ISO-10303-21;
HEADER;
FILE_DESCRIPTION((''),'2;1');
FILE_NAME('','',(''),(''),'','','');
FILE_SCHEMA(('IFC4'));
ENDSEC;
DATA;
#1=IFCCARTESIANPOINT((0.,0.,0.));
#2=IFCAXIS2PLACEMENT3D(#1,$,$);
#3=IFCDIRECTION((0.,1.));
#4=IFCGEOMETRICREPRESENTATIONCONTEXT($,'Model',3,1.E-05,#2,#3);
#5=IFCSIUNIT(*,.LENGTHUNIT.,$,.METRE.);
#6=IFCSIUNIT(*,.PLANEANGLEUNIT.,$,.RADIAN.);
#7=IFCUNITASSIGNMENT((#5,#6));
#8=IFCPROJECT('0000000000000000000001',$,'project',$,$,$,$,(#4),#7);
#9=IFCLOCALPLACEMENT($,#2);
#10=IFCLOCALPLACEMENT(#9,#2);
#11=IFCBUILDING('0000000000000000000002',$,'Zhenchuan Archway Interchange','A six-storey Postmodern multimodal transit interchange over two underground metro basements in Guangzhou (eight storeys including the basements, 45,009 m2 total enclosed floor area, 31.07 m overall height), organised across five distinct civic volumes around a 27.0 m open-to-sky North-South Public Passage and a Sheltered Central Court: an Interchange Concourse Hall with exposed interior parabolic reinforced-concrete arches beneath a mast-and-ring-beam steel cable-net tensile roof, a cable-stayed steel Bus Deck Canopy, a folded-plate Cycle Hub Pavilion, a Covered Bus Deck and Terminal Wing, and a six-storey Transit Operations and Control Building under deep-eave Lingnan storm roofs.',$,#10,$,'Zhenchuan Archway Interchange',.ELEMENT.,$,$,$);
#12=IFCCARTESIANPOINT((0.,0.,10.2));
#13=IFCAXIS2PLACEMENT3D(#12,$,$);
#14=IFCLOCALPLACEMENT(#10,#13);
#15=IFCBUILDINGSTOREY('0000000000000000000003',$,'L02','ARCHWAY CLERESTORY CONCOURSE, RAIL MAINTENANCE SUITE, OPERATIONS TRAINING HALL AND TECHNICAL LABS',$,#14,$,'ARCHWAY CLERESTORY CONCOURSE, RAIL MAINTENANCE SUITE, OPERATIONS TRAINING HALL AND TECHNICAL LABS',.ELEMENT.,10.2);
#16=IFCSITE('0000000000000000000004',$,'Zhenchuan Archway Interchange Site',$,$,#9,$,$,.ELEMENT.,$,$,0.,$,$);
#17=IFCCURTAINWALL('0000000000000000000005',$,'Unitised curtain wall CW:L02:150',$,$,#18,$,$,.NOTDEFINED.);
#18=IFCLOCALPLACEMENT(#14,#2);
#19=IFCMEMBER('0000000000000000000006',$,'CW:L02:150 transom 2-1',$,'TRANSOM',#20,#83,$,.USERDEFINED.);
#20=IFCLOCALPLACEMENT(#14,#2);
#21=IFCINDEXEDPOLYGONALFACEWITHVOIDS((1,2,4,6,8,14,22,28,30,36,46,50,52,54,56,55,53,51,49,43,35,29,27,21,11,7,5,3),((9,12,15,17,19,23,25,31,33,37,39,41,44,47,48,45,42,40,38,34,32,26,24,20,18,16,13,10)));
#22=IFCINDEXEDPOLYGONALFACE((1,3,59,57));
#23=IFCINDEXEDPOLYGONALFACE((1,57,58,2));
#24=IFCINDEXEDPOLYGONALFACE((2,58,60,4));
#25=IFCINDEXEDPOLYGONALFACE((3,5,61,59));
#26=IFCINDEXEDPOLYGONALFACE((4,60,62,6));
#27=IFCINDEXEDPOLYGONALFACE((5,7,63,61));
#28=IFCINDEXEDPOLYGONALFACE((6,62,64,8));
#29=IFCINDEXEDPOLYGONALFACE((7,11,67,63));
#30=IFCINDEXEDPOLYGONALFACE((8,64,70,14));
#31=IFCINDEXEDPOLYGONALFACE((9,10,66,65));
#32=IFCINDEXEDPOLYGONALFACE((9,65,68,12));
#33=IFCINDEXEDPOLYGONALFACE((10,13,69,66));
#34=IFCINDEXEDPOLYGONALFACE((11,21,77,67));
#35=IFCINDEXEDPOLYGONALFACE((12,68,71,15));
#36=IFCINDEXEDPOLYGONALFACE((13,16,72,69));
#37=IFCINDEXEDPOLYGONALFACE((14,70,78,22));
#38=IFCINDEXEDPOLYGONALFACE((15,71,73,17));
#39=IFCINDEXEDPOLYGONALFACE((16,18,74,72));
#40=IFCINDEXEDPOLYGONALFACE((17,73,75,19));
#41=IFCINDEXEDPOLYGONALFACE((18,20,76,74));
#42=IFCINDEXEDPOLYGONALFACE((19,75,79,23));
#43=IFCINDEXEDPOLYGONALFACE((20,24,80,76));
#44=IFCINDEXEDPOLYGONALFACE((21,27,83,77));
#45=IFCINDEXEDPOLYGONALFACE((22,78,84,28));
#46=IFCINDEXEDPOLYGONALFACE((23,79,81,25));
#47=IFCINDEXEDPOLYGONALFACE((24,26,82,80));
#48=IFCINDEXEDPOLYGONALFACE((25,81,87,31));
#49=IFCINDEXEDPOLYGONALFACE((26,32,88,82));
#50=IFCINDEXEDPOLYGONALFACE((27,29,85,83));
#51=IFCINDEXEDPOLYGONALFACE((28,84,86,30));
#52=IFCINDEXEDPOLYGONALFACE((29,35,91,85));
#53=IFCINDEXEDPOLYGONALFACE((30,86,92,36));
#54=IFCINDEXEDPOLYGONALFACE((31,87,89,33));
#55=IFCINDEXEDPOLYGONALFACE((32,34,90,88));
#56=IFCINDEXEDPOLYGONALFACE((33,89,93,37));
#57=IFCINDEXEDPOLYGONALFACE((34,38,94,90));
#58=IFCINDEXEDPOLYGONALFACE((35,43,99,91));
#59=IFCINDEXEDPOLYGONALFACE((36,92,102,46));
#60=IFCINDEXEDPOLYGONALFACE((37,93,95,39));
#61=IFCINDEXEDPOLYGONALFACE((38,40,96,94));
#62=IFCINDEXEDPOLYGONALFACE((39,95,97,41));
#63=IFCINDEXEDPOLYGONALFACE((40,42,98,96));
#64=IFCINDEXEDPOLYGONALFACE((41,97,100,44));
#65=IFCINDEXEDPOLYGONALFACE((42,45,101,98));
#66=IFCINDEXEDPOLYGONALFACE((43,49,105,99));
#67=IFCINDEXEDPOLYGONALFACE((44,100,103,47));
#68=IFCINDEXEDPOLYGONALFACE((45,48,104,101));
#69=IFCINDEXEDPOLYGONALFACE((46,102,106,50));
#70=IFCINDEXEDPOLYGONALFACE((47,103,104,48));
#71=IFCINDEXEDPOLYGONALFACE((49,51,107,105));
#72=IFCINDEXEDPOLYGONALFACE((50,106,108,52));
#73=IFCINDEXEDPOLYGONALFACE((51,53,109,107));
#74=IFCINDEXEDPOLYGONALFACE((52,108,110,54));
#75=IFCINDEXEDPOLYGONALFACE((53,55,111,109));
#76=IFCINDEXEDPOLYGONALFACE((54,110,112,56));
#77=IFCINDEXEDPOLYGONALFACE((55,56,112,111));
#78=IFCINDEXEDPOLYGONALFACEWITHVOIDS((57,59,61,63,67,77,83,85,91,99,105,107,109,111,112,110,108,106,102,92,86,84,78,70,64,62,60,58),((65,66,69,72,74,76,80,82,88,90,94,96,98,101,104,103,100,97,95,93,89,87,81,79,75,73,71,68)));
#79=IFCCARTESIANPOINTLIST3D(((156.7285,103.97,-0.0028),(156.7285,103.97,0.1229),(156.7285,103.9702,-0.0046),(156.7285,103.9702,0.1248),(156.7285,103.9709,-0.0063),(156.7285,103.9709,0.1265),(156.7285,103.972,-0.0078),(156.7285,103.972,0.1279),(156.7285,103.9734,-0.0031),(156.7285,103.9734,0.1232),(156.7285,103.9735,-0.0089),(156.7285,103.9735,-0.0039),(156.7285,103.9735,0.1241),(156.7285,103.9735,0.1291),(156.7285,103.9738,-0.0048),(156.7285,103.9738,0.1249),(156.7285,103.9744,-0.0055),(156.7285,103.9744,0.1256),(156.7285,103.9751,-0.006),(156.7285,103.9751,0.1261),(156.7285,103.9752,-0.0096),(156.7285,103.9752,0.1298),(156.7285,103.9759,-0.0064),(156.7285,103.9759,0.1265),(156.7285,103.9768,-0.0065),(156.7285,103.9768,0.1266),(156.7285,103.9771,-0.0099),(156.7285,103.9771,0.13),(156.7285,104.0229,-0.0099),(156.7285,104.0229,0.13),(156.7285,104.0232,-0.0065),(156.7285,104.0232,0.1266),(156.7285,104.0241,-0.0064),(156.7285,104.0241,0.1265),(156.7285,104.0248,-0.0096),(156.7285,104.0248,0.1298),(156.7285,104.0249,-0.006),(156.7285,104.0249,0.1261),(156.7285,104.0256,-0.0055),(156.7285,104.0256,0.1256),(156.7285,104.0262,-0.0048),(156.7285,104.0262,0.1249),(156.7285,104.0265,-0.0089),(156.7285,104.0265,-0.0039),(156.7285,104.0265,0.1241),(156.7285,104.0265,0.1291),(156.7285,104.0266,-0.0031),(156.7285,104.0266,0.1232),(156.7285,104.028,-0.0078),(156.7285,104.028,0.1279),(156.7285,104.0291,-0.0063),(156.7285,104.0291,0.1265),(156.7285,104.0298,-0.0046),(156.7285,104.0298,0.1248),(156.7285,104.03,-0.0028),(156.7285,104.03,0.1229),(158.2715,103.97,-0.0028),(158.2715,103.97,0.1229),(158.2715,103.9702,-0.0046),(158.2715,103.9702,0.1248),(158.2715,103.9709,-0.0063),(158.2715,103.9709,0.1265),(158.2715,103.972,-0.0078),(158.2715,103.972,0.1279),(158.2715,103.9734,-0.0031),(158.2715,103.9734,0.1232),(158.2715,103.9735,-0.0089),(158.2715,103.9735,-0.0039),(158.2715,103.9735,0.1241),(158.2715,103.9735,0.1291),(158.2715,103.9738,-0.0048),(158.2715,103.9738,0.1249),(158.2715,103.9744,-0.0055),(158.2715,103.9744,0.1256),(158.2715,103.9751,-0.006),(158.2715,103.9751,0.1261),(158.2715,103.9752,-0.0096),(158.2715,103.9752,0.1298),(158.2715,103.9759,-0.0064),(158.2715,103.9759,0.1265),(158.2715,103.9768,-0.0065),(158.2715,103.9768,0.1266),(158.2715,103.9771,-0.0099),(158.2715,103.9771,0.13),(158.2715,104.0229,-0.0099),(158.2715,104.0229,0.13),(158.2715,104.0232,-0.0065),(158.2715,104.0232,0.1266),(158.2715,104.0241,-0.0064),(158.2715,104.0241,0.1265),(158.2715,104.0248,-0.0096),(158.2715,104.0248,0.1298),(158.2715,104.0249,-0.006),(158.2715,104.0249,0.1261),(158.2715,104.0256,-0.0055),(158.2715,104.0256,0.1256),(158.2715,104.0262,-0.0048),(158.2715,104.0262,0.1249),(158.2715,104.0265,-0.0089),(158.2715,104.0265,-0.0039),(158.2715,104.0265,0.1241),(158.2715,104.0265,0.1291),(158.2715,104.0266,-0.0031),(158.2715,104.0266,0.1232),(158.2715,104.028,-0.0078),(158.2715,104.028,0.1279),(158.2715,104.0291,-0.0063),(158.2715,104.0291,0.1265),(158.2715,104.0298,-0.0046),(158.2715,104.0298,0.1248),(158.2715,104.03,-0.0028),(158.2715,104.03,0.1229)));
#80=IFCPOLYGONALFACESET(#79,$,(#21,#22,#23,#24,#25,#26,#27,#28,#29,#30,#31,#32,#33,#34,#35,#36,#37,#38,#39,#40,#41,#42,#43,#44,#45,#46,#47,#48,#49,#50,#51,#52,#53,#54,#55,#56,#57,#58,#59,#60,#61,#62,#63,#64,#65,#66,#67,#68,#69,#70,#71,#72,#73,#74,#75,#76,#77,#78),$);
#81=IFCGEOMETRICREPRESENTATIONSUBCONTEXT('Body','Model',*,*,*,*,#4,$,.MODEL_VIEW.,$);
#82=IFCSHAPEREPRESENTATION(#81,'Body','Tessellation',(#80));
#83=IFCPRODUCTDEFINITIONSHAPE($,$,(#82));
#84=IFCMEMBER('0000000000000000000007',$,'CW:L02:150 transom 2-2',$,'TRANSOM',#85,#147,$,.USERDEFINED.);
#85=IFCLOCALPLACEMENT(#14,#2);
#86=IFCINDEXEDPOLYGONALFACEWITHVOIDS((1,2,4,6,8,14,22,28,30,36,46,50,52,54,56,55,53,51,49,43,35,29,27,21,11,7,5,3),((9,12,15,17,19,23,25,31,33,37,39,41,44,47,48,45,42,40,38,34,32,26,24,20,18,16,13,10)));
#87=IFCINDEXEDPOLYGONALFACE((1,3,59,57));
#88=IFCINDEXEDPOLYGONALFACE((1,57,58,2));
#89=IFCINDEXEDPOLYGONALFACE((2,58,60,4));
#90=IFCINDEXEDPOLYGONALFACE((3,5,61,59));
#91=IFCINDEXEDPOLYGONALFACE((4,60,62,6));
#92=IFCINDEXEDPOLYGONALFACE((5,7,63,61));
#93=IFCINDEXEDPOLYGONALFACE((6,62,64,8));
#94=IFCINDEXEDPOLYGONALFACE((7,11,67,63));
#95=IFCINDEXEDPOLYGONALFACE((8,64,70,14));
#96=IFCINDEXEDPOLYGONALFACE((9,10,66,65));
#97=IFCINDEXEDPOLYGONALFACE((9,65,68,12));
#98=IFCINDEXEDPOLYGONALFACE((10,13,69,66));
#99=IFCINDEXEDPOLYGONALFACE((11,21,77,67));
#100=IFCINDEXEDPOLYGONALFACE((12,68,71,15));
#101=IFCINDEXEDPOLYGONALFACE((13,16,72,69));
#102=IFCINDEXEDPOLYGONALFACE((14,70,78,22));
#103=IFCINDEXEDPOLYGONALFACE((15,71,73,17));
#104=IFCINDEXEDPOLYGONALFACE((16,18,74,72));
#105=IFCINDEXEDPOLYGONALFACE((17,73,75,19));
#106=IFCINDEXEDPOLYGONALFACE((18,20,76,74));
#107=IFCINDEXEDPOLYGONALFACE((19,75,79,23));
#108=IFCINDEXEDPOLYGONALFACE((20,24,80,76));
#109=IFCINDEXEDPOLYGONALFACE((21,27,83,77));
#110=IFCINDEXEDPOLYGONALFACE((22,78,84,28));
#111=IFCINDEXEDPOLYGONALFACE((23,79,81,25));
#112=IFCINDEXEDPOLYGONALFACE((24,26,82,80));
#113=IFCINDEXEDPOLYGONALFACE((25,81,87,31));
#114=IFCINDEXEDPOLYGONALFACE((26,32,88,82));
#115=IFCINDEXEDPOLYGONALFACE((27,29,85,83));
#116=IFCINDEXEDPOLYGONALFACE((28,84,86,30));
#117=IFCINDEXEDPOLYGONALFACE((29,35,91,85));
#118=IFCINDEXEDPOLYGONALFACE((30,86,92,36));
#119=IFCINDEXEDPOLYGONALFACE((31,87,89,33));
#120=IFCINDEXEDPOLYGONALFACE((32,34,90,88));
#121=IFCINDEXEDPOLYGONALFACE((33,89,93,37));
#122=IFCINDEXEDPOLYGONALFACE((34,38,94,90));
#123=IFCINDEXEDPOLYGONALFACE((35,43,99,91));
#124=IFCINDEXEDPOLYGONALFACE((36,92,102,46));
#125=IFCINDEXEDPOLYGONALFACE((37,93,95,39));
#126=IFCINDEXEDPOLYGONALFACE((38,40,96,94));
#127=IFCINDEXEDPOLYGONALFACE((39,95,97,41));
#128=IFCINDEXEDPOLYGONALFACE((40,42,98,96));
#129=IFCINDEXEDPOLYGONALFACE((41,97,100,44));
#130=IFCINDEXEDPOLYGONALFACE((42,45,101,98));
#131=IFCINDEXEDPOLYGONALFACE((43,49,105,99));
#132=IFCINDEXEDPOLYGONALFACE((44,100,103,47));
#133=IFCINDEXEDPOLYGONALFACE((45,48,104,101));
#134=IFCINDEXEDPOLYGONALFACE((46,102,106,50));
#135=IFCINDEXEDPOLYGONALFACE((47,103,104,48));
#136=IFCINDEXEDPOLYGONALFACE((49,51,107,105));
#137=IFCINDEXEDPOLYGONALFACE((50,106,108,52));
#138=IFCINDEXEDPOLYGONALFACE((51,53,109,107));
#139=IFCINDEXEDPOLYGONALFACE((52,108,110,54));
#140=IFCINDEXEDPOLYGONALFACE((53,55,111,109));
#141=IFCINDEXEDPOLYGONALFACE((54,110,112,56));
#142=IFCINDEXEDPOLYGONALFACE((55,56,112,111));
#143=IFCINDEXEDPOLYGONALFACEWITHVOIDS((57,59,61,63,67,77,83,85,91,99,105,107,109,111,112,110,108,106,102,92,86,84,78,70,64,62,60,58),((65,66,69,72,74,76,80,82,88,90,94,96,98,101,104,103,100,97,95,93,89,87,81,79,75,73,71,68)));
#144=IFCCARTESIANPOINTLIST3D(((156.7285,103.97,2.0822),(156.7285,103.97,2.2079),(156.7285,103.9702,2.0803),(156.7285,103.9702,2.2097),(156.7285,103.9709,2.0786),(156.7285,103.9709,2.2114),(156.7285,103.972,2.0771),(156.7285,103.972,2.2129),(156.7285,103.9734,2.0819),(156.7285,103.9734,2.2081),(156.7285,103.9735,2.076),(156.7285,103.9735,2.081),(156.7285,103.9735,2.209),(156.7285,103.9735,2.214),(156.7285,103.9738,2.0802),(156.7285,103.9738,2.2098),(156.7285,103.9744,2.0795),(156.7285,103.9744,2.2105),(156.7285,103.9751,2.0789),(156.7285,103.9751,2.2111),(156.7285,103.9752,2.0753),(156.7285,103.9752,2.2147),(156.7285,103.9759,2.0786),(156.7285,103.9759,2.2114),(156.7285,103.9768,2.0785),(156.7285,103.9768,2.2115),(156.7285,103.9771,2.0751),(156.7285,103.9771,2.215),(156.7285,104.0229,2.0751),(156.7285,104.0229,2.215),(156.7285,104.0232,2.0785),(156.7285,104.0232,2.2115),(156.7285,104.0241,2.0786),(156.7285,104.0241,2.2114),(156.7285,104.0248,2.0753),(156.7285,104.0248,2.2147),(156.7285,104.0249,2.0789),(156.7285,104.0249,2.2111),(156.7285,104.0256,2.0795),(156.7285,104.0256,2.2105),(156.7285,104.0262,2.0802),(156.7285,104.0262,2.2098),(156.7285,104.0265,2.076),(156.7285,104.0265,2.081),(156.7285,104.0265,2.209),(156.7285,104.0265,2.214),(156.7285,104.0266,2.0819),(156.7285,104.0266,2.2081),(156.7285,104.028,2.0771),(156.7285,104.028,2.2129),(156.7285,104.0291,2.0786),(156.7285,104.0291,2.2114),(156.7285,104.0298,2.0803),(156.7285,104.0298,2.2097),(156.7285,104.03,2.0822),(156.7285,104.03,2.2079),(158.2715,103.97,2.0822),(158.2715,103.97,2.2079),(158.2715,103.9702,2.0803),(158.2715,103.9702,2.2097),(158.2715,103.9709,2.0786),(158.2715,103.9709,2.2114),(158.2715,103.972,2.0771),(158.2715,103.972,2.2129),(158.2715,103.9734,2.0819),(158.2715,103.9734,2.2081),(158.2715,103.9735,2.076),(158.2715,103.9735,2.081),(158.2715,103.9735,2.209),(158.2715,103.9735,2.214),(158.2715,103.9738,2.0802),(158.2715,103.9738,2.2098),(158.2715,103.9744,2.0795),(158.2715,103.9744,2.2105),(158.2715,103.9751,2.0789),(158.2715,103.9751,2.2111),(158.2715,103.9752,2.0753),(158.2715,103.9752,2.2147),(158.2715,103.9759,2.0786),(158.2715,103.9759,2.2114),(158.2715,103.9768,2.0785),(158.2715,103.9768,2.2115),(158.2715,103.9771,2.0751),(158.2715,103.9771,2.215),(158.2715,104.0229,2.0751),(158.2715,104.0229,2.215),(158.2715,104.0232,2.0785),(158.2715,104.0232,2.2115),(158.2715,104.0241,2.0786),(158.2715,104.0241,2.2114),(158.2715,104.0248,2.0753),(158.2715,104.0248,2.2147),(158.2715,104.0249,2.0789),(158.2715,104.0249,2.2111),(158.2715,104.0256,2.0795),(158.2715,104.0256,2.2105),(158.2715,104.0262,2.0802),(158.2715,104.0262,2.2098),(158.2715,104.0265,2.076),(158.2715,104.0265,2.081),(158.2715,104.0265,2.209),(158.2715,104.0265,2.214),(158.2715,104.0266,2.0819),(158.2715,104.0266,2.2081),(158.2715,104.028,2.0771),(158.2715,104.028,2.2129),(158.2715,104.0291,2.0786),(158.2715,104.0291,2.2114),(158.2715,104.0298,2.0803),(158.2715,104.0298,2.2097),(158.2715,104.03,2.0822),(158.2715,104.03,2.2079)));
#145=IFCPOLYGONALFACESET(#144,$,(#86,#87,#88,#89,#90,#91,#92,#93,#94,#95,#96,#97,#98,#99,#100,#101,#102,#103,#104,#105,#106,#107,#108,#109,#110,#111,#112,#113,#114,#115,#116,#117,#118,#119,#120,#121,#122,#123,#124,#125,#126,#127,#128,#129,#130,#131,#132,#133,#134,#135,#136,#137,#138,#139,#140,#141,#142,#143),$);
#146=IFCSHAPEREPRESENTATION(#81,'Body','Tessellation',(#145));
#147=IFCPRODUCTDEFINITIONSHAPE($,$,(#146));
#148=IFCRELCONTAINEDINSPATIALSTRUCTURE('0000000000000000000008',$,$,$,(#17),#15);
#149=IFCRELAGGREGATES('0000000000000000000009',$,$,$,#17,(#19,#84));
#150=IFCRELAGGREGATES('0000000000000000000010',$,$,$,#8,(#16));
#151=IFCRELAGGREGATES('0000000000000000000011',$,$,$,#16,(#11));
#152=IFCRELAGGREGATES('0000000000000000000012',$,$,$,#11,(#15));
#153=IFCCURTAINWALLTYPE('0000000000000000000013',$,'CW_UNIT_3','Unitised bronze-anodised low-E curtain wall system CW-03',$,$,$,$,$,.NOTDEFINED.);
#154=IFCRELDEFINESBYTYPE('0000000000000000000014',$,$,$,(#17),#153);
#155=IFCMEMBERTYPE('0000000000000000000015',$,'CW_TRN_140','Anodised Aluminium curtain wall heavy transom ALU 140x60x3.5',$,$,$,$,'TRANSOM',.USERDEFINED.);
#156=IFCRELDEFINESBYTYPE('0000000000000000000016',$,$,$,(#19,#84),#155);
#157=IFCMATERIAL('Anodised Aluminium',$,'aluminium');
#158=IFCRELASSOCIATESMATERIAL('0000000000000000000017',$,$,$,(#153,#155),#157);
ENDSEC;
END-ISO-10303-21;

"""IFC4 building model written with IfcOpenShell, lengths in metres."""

from ifc_helpers import new_model, si_unit, direction, frame, origin, origin_2d, place, context, subcontext, project, spatial, hollow_rectangle, extrude, material, material_profile, profile_set, type_object, element, aggregate, save


model = new_model("IFC4")

# Units and contexts
model_context = context("Model", 3, precision=1e-05, world=origin(), true_north=direction((0.0, 1.0)))
body_context = subcontext(model_context, "Body", "Model", "MODEL_VIEW")
ifc_project = project(units=[si_unit("LENGTHUNIT", "METRE"), si_unit("PLANEANGLEUNIT", "RADIAN")], contexts=[model_context])

# Site, building, storey
site_placement = place(None, origin())
site = spatial("IfcSite", under=ifc_project, at=site_placement, Name="Zhenchuan Archway Interchange Site", CompositionType="ELEMENT", RefElevation=0.0)
building_placement = place(site_placement, origin())
building = spatial("IfcBuilding", under=site, at=building_placement, Name="Zhenchuan Archway Interchange", Description="A six-storey Postmodern multimodal transit interchange over two underground metro basements in Guangzhou (eight storeys including the basements, 45,009 m2 total enclosed floor area, 31.07 m overall height), organised across five distinct civic volumes around a 27.0 m open-to-sky North-South Public Passage and a Sheltered Central Court: an Interchange Concourse Hall with exposed interior parabolic reinforced-concrete arches beneath a mast-and-ring-beam steel cable-net tensile roof, a cable-stayed steel Bus Deck Canopy, a folded-plate Cycle Hub Pavilion, a Covered Bus Deck and Terminal Wing, and a six-storey Transit Operations and Control Building under deep-eave Lingnan storm roofs.", LongName="Zhenchuan Archway Interchange", CompositionType="ELEMENT")
storey_placement = place(building_placement, frame((0.0, 0.0, 10.2)))
storey = spatial("IfcBuildingStorey", under=building, at=storey_placement, Name="L02", Description="ARCHWAY CLERESTORY CONCOURSE, RAIL MAINTENANCE SUITE, OPERATIONS TRAINING HALL AND TECHNICAL LABS", LongName="ARCHWAY CLERESTORY CONCOURSE, RAIL MAINTENANCE SUITE, OPERATIONS TRAINING HALL AND TECHNICAL LABS", CompositionType="ELEMENT", Elevation=10.2)

# Curtain wall, members
ifc_material_1 = material(Name="Anodised Aluminium", Category="aluminium")
curtain_wall_type = type_object("IfcCurtainWallType", Name="CW_UNIT_3", Description="Unitised bronze-anodised low-E curtain wall system CW-03", PredefinedType="NOTDEFINED", material=ifc_material_1)
curtain_wall_placement = place(storey_placement, origin())
curtain_wall = element("IfcCurtainWall", 1, at=curtain_wall_placement, inside=storey, type_object=curtain_wall_type, Name="Unitised curtain wall CW:L02:150", PredefinedType="NOTDEFINED")
ifc_material_profile_1 = material_profile(ifc_material_1, hollow_rectangle(XDim=0.0601, YDim=0.1399, WallThickness=0.0034, InnerFilletRadius=0.0034, OuterFilletRadius=0.0071, at=origin_2d()), Name="ALU 140x60x3.5")
ifc_profile_set_1 = profile_set([ifc_material_profile_1], Name="Anodised Aluminium")
member_type_1 = type_object("IfcMemberType", Name="CW_TRN_140", Description="Anodised Aluminium curtain wall heavy transom ALU 140x60x3.5", ElementType="TRANSOM", PredefinedType="USERDEFINED", material=ifc_profile_set_1)
member_1_placement = place(storey_placement, frame((156.7285, 104.0, 0.0601), z_axis=(1.0, 0.0, 0.0), x_axis=(0.0, 1.0, 0.0)))
member_1 = element("IfcMember", 2, at=member_1_placement, type_object=member_type_1, Name="CW:L02:150 transom 2-1", ObjectType="TRANSOM", PredefinedType="USERDEFINED", context=body_context, shape_type="SweptSolid", body=[
    extrude(hollow_rectangle(XDim=0.0601, YDim=0.1399, WallThickness=0.0034, InnerFilletRadius=0.0034, OuterFilletRadius=0.0071, at=origin_2d()), origin(), (0.0, 0.0, 1.0), 1.543),
])
member_2_placement = place(storey_placement, frame((156.7285, 104.0, 2.145), z_axis=(1.0, 0.0, 0.0), x_axis=(0.0, 1.0, 0.0)))
member_2 = element("IfcMember", 3, at=member_2_placement, type_object=member_type_1, Name="CW:L02:150 transom 2-2", ObjectType="TRANSOM", PredefinedType="USERDEFINED", context=body_context, shape_type="SweptSolid", body=[
    extrude(hollow_rectangle(XDim=0.0601, YDim=0.1399, WallThickness=0.0034, InnerFilletRadius=0.0034, OuterFilletRadius=0.0071, at=origin_2d()), origin(), (0.0, 0.0, 1.0), 1.543),
])

aggregate(curtain_wall, [member_1, member_2])

save(model, "model.ifc")
